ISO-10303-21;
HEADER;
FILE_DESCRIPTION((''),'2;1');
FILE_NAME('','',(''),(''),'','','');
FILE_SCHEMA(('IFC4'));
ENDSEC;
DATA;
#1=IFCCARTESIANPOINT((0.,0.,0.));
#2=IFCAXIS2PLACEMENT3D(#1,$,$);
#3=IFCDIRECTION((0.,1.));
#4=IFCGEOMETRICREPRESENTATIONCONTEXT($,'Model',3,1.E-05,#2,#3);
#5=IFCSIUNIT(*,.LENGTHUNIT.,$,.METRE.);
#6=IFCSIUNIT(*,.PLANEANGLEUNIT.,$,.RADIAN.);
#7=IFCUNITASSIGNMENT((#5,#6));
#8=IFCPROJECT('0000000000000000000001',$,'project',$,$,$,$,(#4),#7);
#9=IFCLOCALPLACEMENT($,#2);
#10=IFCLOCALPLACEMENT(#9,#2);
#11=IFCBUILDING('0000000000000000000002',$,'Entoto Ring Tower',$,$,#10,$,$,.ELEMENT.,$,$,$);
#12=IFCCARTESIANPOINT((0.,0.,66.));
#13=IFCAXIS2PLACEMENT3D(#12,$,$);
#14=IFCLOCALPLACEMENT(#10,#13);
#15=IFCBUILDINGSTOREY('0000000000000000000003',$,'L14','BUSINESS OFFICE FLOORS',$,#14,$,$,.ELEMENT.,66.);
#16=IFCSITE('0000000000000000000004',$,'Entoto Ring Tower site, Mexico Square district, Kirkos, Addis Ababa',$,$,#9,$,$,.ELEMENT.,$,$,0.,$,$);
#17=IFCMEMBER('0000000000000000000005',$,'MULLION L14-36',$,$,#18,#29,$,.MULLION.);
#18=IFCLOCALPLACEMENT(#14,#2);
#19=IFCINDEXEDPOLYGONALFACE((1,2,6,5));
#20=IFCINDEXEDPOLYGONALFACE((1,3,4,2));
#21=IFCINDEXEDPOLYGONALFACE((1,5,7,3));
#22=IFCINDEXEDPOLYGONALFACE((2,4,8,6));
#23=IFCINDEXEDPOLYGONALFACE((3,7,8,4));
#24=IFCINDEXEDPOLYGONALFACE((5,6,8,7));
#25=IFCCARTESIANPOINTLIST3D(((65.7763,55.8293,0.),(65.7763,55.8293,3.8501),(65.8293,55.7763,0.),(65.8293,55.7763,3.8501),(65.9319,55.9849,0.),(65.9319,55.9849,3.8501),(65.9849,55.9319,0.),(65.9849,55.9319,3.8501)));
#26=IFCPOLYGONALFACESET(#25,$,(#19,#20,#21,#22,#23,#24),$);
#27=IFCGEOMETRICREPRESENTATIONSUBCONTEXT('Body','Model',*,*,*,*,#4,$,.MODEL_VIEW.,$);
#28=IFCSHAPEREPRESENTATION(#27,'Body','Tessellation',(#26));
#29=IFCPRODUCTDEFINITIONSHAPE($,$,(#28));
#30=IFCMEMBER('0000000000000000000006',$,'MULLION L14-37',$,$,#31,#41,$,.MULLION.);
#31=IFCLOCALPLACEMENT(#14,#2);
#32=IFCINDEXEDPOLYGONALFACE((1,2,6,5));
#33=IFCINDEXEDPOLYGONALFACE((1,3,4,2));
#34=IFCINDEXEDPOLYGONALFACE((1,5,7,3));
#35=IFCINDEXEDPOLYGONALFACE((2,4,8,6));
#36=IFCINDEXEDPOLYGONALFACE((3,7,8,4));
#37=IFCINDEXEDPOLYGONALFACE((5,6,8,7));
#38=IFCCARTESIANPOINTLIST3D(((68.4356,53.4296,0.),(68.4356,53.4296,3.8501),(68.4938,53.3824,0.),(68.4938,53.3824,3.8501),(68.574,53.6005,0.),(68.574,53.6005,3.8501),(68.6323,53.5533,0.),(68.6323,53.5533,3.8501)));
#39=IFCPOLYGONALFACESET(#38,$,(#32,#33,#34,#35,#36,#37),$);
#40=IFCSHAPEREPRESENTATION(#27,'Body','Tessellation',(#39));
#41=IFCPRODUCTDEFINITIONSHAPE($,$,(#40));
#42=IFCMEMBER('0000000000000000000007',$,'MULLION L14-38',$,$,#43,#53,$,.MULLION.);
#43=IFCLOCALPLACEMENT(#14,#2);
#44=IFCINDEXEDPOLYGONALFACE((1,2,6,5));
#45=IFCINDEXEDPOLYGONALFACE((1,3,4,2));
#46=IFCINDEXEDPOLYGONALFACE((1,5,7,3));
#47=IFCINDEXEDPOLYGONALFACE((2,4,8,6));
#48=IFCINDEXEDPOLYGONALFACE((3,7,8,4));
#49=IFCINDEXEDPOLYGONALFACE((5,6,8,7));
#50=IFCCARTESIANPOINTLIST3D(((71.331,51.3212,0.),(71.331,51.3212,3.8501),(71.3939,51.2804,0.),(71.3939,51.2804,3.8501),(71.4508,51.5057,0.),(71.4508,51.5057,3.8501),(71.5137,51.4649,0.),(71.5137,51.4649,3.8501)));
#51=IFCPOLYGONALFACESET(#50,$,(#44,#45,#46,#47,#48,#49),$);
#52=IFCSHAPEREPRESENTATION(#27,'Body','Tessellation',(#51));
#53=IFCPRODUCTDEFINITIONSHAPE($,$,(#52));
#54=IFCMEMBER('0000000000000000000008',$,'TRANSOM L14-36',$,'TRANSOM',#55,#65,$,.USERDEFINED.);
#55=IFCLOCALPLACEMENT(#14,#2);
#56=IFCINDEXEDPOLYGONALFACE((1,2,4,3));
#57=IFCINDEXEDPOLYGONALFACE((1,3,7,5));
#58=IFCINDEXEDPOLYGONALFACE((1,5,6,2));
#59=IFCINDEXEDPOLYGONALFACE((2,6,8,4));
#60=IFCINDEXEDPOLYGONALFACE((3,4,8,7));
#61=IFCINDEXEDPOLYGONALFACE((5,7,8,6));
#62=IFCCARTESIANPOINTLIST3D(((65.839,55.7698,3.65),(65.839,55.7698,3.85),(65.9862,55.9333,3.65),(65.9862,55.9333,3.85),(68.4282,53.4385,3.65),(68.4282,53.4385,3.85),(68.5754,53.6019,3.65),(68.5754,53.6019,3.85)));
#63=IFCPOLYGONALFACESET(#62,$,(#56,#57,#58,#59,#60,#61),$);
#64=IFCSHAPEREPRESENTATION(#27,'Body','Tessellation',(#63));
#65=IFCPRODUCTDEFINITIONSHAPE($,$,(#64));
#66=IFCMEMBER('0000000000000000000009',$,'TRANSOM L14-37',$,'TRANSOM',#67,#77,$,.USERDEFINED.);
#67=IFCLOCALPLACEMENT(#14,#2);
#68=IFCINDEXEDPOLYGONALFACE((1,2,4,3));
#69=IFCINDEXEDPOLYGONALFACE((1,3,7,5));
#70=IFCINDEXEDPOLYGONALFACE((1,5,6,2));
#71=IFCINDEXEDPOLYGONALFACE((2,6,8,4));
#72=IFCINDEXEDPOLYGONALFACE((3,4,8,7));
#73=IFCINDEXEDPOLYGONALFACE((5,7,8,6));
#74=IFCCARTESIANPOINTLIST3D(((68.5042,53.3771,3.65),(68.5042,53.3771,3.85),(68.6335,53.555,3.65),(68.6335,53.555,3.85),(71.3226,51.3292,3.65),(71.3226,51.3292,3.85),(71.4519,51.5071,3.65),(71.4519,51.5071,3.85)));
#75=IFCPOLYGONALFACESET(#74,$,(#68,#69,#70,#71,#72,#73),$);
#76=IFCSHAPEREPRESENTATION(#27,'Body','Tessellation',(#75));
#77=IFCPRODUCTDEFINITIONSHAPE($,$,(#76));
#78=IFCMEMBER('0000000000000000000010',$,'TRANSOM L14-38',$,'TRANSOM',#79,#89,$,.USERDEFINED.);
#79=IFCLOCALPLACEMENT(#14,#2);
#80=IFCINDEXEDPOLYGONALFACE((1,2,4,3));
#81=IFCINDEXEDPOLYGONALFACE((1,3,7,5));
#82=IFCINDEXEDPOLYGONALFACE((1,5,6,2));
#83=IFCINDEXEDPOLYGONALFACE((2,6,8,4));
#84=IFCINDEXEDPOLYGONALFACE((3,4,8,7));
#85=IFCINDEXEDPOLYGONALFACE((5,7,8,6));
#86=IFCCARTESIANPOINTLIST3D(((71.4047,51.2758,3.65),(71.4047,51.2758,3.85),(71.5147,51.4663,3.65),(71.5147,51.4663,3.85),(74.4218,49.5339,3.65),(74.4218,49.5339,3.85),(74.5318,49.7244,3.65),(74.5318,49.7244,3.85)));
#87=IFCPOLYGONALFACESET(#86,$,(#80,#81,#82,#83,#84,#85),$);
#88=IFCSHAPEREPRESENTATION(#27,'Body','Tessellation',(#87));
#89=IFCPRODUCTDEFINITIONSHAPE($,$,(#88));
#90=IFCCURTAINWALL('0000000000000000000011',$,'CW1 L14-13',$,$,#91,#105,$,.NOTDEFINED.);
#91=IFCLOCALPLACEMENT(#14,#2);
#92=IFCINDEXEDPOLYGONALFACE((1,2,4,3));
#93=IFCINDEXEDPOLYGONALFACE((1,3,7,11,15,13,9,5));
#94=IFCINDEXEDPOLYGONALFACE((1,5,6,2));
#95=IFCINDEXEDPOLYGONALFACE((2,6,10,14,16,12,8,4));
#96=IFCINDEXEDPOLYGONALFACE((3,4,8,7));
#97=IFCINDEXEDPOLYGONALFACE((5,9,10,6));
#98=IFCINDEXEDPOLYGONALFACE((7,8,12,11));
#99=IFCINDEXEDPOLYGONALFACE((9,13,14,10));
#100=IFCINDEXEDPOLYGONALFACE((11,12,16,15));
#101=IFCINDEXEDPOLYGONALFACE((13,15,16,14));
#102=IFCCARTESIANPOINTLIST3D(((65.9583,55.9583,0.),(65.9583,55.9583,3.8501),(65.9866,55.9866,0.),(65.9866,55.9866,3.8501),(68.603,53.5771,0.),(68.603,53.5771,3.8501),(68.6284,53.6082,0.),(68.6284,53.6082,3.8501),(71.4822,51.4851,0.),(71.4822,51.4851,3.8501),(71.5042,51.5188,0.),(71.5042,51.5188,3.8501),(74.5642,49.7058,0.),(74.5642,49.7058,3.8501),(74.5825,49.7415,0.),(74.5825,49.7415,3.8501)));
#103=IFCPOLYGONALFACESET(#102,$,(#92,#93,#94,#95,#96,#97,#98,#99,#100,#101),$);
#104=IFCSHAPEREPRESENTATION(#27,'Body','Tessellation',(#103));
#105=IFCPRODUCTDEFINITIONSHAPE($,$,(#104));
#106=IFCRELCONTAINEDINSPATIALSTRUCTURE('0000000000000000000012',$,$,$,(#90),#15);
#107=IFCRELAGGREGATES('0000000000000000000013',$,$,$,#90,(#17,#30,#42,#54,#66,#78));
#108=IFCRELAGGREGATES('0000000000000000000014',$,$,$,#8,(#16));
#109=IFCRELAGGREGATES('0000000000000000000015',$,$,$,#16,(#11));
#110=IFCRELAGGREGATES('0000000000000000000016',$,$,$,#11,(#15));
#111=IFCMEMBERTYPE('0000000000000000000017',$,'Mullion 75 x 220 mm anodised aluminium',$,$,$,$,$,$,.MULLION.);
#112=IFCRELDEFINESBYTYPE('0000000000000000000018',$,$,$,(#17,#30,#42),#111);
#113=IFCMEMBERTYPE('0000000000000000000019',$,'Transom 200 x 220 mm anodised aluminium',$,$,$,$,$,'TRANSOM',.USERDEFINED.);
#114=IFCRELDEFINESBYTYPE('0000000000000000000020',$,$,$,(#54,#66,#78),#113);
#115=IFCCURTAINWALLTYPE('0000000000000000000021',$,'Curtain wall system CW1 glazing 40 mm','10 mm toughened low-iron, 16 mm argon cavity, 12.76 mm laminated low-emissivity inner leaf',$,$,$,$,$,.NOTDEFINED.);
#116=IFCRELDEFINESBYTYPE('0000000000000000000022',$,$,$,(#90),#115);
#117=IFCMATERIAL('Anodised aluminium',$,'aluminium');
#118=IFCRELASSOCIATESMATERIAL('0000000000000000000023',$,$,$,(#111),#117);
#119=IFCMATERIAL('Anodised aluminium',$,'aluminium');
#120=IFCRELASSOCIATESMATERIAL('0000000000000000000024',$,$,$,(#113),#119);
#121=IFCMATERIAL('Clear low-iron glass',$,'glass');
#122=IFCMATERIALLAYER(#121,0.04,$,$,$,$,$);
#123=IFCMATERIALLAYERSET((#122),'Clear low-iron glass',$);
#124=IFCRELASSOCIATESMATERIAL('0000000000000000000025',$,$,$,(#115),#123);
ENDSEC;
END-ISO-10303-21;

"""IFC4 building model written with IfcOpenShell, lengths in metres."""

from ifc_helpers import new_model, si_unit, direction, frame, origin, origin_2d, place, context, subcontext, project, spatial, polyline, rectangle, outline, extrude, material, layer, layer_set, material_profile, profile_set, type_object, element, aggregate, save


model = new_model("IFC4")

# Units and contexts
model_context = context("Model", 3, precision=1e-05, world=origin(), true_north=direction((0.0, 1.0)))
body_context = subcontext(model_context, "Body", "Model", "MODEL_VIEW")
ifc_project = project(units=[si_unit("LENGTHUNIT", "METRE"), si_unit("PLANEANGLEUNIT", "RADIAN")], contexts=[model_context])

# Members
ifc_material_1 = material(Name="Anodised aluminium", Category="aluminium")
ifc_material_profile_1 = material_profile(ifc_material_1, rectangle(XDim=0.075, YDim=0.22, at=origin_2d()), Name="Mullion 75 x 220 mm anodised aluminium")
ifc_profile_set_1 = profile_set([ifc_material_profile_1], Name="Anodised aluminium")
member_type_1 = type_object("IfcMemberType", Name="Mullion 75 x 220 mm anodised aluminium", PredefinedType="MULLION", material=ifc_profile_set_1)
site_placement = place(None, origin())
building_placement = place(site_placement, origin())
storey_placement = place(building_placement, frame((0.0, 0.0, 66.0)))
member_1_placement = place(storey_placement, frame((65.8806, 55.8806, 0.0), z_axis=(0.0, 0.0, 1.0), x_axis=(0.707107, -0.707107, 0.0)))
member_1 = element("IfcMember", 1, at=member_1_placement, type_object=member_type_1, Name="MULLION L14-36", PredefinedType="MULLION", context=body_context, shape_type="SweptSolid", body=[
    extrude(rectangle(XDim=0.075, YDim=0.22, at=origin_2d()), origin(), (0.0, 0.0, 1.0), 3.8501),
])
member_2_placement = place(storey_placement, frame((68.5339, 53.4915, 0.0), z_axis=(0.0, 0.0, 1.0), x_axis=(0.777146, -0.62932, 0.0)))
member_2 = element("IfcMember", 2, at=member_2_placement, type_object=member_type_1, Name="MULLION L14-37", PredefinedType="MULLION", context=body_context, shape_type="SweptSolid", body=[
    extrude(rectangle(XDim=0.075, YDim=0.22, at=origin_2d()), origin(), (0.0, 0.0, 1.0), 3.8501),
])
member_3_placement = place(storey_placement, frame((71.4224, 51.3931, 0.0), z_axis=(0.0, 0.0, 1.0), x_axis=(0.838671, -0.544639, 0.0)))
member_3 = element("IfcMember", 3, at=member_3_placement, type_object=member_type_1, Name="MULLION L14-38", PredefinedType="MULLION", context=body_context, shape_type="SweptSolid", body=[
    extrude(rectangle(XDim=0.075, YDim=0.22, at=origin_2d()), origin(), (0.0, 0.0, 1.0), 3.8501),
])
ifc_material_2 = material(Name="Anodised aluminium", Category="aluminium")
ifc_material_profile_2 = material_profile(ifc_material_2, rectangle(XDim=0.22, YDim=0.2, at=origin_2d()), Name="Transom 200 x 220 mm anodised aluminium")
ifc_profile_set_2 = profile_set([ifc_material_profile_2], Name="Anodised aluminium")
member_type_2 = type_object("IfcMemberType", Name="Transom 200 x 220 mm anodised aluminium", ElementType="TRANSOM", PredefinedType="USERDEFINED", material=ifc_profile_set_2)
member_4_placement = place(storey_placement, frame((65.9126, 55.8516, 3.75), z_axis=(0.743137, -0.669139, 0.0), x_axis=(0.669139, 0.743137, 0.0)))
member_4 = element("IfcMember", 4, at=member_4_placement, type_object=member_type_2, Name="TRANSOM L14-36", ObjectType="TRANSOM", PredefinedType="USERDEFINED", context=body_context, shape_type="SweptSolid", body=[
    extrude(rectangle(XDim=0.22, YDim=0.2, at=origin_2d()), origin(), (0.0, 0.0, 1.0), 3.4841),
])
member_5_placement = place(storey_placement, frame((68.5688, 53.4661, 3.75), z_axis=(0.808991, -0.587822, 0.0), x_axis=(0.587822, 0.808991, 0.0)))
member_5 = element("IfcMember", 5, at=member_5_placement, type_object=member_type_2, Name="TRANSOM L14-37", ObjectType="TRANSOM", PredefinedType="USERDEFINED", context=body_context, shape_type="SweptSolid", body=[
    extrude(rectangle(XDim=0.22, YDim=0.2, at=origin_2d()), origin(), (0.0, 0.0, 1.0), 3.4839),
])
member_6_placement = place(storey_placement, frame((71.4597, 51.3711, 3.75), z_axis=(0.866022, -0.500006, 0.0), x_axis=(0.500006, 0.866022, 0.0)))
member_6 = element("IfcMember", 6, at=member_6_placement, type_object=member_type_2, Name="TRANSOM L14-38", ObjectType="TRANSOM", PredefinedType="USERDEFINED", context=body_context, shape_type="SweptSolid", body=[
    extrude(rectangle(XDim=0.22, YDim=0.2, at=origin_2d()), origin(), (0.0, 0.0, 1.0), 3.4839),
])

# Site, building, storey
site = spatial("IfcSite", under=ifc_project, at=site_placement, Name="Entoto Ring Tower site, Mexico Square district, Kirkos, Addis Ababa", CompositionType="ELEMENT", RefElevation=0.0)
building = spatial("IfcBuilding", under=site, at=building_placement, Name="Entoto Ring Tower", CompositionType="ELEMENT")
storey = spatial("IfcBuildingStorey", under=building, at=storey_placement, Name="L14", Description="BUSINESS OFFICE FLOORS", CompositionType="ELEMENT", Elevation=66.0)

# Curtain wall
ifc_material_3 = material(Name="Clear low-iron glass", Category="glass")
ifc_layer = layer(ifc_material_3, 0.04)
ifc_layer_set = layer_set([ifc_layer], Name="Clear low-iron glass")
curtain_wall_type = type_object("IfcCurtainWallType", Name="Curtain wall system CW1 glazing 40 mm", Description="10 mm toughened low-iron, 16 mm argon cavity, 12.76 mm laminated low-emissivity inner leaf", PredefinedType="NOTDEFINED", material=ifc_layer_set)
curtain_wall_1_placement = place(storey_placement, origin())
curtain_wall_1 = element("IfcCurtainWall", 7, at=curtain_wall_1_placement, inside=storey, type_object=curtain_wall_type, Name="CW1 L14-13", PredefinedType="NOTDEFINED", context=body_context, shape_type="SweptSolid", body=[
    extrude(outline(polyline([(65.9583, 55.9583), (68.603, 53.5771), (71.4822, 51.4851), (74.5642, 49.7058), (74.5825, 49.7415), (71.5042, 51.5188), (68.6284, 53.6082), (65.9866, 55.9866), (65.9583, 55.9583)])), origin(), (0.0, 0.0, 1.0), 3.8501),
])
aggregate(curtain_wall_1, [member_1, member_2, member_3, member_4, member_5, member_6])

save(model, "model.ifc")
